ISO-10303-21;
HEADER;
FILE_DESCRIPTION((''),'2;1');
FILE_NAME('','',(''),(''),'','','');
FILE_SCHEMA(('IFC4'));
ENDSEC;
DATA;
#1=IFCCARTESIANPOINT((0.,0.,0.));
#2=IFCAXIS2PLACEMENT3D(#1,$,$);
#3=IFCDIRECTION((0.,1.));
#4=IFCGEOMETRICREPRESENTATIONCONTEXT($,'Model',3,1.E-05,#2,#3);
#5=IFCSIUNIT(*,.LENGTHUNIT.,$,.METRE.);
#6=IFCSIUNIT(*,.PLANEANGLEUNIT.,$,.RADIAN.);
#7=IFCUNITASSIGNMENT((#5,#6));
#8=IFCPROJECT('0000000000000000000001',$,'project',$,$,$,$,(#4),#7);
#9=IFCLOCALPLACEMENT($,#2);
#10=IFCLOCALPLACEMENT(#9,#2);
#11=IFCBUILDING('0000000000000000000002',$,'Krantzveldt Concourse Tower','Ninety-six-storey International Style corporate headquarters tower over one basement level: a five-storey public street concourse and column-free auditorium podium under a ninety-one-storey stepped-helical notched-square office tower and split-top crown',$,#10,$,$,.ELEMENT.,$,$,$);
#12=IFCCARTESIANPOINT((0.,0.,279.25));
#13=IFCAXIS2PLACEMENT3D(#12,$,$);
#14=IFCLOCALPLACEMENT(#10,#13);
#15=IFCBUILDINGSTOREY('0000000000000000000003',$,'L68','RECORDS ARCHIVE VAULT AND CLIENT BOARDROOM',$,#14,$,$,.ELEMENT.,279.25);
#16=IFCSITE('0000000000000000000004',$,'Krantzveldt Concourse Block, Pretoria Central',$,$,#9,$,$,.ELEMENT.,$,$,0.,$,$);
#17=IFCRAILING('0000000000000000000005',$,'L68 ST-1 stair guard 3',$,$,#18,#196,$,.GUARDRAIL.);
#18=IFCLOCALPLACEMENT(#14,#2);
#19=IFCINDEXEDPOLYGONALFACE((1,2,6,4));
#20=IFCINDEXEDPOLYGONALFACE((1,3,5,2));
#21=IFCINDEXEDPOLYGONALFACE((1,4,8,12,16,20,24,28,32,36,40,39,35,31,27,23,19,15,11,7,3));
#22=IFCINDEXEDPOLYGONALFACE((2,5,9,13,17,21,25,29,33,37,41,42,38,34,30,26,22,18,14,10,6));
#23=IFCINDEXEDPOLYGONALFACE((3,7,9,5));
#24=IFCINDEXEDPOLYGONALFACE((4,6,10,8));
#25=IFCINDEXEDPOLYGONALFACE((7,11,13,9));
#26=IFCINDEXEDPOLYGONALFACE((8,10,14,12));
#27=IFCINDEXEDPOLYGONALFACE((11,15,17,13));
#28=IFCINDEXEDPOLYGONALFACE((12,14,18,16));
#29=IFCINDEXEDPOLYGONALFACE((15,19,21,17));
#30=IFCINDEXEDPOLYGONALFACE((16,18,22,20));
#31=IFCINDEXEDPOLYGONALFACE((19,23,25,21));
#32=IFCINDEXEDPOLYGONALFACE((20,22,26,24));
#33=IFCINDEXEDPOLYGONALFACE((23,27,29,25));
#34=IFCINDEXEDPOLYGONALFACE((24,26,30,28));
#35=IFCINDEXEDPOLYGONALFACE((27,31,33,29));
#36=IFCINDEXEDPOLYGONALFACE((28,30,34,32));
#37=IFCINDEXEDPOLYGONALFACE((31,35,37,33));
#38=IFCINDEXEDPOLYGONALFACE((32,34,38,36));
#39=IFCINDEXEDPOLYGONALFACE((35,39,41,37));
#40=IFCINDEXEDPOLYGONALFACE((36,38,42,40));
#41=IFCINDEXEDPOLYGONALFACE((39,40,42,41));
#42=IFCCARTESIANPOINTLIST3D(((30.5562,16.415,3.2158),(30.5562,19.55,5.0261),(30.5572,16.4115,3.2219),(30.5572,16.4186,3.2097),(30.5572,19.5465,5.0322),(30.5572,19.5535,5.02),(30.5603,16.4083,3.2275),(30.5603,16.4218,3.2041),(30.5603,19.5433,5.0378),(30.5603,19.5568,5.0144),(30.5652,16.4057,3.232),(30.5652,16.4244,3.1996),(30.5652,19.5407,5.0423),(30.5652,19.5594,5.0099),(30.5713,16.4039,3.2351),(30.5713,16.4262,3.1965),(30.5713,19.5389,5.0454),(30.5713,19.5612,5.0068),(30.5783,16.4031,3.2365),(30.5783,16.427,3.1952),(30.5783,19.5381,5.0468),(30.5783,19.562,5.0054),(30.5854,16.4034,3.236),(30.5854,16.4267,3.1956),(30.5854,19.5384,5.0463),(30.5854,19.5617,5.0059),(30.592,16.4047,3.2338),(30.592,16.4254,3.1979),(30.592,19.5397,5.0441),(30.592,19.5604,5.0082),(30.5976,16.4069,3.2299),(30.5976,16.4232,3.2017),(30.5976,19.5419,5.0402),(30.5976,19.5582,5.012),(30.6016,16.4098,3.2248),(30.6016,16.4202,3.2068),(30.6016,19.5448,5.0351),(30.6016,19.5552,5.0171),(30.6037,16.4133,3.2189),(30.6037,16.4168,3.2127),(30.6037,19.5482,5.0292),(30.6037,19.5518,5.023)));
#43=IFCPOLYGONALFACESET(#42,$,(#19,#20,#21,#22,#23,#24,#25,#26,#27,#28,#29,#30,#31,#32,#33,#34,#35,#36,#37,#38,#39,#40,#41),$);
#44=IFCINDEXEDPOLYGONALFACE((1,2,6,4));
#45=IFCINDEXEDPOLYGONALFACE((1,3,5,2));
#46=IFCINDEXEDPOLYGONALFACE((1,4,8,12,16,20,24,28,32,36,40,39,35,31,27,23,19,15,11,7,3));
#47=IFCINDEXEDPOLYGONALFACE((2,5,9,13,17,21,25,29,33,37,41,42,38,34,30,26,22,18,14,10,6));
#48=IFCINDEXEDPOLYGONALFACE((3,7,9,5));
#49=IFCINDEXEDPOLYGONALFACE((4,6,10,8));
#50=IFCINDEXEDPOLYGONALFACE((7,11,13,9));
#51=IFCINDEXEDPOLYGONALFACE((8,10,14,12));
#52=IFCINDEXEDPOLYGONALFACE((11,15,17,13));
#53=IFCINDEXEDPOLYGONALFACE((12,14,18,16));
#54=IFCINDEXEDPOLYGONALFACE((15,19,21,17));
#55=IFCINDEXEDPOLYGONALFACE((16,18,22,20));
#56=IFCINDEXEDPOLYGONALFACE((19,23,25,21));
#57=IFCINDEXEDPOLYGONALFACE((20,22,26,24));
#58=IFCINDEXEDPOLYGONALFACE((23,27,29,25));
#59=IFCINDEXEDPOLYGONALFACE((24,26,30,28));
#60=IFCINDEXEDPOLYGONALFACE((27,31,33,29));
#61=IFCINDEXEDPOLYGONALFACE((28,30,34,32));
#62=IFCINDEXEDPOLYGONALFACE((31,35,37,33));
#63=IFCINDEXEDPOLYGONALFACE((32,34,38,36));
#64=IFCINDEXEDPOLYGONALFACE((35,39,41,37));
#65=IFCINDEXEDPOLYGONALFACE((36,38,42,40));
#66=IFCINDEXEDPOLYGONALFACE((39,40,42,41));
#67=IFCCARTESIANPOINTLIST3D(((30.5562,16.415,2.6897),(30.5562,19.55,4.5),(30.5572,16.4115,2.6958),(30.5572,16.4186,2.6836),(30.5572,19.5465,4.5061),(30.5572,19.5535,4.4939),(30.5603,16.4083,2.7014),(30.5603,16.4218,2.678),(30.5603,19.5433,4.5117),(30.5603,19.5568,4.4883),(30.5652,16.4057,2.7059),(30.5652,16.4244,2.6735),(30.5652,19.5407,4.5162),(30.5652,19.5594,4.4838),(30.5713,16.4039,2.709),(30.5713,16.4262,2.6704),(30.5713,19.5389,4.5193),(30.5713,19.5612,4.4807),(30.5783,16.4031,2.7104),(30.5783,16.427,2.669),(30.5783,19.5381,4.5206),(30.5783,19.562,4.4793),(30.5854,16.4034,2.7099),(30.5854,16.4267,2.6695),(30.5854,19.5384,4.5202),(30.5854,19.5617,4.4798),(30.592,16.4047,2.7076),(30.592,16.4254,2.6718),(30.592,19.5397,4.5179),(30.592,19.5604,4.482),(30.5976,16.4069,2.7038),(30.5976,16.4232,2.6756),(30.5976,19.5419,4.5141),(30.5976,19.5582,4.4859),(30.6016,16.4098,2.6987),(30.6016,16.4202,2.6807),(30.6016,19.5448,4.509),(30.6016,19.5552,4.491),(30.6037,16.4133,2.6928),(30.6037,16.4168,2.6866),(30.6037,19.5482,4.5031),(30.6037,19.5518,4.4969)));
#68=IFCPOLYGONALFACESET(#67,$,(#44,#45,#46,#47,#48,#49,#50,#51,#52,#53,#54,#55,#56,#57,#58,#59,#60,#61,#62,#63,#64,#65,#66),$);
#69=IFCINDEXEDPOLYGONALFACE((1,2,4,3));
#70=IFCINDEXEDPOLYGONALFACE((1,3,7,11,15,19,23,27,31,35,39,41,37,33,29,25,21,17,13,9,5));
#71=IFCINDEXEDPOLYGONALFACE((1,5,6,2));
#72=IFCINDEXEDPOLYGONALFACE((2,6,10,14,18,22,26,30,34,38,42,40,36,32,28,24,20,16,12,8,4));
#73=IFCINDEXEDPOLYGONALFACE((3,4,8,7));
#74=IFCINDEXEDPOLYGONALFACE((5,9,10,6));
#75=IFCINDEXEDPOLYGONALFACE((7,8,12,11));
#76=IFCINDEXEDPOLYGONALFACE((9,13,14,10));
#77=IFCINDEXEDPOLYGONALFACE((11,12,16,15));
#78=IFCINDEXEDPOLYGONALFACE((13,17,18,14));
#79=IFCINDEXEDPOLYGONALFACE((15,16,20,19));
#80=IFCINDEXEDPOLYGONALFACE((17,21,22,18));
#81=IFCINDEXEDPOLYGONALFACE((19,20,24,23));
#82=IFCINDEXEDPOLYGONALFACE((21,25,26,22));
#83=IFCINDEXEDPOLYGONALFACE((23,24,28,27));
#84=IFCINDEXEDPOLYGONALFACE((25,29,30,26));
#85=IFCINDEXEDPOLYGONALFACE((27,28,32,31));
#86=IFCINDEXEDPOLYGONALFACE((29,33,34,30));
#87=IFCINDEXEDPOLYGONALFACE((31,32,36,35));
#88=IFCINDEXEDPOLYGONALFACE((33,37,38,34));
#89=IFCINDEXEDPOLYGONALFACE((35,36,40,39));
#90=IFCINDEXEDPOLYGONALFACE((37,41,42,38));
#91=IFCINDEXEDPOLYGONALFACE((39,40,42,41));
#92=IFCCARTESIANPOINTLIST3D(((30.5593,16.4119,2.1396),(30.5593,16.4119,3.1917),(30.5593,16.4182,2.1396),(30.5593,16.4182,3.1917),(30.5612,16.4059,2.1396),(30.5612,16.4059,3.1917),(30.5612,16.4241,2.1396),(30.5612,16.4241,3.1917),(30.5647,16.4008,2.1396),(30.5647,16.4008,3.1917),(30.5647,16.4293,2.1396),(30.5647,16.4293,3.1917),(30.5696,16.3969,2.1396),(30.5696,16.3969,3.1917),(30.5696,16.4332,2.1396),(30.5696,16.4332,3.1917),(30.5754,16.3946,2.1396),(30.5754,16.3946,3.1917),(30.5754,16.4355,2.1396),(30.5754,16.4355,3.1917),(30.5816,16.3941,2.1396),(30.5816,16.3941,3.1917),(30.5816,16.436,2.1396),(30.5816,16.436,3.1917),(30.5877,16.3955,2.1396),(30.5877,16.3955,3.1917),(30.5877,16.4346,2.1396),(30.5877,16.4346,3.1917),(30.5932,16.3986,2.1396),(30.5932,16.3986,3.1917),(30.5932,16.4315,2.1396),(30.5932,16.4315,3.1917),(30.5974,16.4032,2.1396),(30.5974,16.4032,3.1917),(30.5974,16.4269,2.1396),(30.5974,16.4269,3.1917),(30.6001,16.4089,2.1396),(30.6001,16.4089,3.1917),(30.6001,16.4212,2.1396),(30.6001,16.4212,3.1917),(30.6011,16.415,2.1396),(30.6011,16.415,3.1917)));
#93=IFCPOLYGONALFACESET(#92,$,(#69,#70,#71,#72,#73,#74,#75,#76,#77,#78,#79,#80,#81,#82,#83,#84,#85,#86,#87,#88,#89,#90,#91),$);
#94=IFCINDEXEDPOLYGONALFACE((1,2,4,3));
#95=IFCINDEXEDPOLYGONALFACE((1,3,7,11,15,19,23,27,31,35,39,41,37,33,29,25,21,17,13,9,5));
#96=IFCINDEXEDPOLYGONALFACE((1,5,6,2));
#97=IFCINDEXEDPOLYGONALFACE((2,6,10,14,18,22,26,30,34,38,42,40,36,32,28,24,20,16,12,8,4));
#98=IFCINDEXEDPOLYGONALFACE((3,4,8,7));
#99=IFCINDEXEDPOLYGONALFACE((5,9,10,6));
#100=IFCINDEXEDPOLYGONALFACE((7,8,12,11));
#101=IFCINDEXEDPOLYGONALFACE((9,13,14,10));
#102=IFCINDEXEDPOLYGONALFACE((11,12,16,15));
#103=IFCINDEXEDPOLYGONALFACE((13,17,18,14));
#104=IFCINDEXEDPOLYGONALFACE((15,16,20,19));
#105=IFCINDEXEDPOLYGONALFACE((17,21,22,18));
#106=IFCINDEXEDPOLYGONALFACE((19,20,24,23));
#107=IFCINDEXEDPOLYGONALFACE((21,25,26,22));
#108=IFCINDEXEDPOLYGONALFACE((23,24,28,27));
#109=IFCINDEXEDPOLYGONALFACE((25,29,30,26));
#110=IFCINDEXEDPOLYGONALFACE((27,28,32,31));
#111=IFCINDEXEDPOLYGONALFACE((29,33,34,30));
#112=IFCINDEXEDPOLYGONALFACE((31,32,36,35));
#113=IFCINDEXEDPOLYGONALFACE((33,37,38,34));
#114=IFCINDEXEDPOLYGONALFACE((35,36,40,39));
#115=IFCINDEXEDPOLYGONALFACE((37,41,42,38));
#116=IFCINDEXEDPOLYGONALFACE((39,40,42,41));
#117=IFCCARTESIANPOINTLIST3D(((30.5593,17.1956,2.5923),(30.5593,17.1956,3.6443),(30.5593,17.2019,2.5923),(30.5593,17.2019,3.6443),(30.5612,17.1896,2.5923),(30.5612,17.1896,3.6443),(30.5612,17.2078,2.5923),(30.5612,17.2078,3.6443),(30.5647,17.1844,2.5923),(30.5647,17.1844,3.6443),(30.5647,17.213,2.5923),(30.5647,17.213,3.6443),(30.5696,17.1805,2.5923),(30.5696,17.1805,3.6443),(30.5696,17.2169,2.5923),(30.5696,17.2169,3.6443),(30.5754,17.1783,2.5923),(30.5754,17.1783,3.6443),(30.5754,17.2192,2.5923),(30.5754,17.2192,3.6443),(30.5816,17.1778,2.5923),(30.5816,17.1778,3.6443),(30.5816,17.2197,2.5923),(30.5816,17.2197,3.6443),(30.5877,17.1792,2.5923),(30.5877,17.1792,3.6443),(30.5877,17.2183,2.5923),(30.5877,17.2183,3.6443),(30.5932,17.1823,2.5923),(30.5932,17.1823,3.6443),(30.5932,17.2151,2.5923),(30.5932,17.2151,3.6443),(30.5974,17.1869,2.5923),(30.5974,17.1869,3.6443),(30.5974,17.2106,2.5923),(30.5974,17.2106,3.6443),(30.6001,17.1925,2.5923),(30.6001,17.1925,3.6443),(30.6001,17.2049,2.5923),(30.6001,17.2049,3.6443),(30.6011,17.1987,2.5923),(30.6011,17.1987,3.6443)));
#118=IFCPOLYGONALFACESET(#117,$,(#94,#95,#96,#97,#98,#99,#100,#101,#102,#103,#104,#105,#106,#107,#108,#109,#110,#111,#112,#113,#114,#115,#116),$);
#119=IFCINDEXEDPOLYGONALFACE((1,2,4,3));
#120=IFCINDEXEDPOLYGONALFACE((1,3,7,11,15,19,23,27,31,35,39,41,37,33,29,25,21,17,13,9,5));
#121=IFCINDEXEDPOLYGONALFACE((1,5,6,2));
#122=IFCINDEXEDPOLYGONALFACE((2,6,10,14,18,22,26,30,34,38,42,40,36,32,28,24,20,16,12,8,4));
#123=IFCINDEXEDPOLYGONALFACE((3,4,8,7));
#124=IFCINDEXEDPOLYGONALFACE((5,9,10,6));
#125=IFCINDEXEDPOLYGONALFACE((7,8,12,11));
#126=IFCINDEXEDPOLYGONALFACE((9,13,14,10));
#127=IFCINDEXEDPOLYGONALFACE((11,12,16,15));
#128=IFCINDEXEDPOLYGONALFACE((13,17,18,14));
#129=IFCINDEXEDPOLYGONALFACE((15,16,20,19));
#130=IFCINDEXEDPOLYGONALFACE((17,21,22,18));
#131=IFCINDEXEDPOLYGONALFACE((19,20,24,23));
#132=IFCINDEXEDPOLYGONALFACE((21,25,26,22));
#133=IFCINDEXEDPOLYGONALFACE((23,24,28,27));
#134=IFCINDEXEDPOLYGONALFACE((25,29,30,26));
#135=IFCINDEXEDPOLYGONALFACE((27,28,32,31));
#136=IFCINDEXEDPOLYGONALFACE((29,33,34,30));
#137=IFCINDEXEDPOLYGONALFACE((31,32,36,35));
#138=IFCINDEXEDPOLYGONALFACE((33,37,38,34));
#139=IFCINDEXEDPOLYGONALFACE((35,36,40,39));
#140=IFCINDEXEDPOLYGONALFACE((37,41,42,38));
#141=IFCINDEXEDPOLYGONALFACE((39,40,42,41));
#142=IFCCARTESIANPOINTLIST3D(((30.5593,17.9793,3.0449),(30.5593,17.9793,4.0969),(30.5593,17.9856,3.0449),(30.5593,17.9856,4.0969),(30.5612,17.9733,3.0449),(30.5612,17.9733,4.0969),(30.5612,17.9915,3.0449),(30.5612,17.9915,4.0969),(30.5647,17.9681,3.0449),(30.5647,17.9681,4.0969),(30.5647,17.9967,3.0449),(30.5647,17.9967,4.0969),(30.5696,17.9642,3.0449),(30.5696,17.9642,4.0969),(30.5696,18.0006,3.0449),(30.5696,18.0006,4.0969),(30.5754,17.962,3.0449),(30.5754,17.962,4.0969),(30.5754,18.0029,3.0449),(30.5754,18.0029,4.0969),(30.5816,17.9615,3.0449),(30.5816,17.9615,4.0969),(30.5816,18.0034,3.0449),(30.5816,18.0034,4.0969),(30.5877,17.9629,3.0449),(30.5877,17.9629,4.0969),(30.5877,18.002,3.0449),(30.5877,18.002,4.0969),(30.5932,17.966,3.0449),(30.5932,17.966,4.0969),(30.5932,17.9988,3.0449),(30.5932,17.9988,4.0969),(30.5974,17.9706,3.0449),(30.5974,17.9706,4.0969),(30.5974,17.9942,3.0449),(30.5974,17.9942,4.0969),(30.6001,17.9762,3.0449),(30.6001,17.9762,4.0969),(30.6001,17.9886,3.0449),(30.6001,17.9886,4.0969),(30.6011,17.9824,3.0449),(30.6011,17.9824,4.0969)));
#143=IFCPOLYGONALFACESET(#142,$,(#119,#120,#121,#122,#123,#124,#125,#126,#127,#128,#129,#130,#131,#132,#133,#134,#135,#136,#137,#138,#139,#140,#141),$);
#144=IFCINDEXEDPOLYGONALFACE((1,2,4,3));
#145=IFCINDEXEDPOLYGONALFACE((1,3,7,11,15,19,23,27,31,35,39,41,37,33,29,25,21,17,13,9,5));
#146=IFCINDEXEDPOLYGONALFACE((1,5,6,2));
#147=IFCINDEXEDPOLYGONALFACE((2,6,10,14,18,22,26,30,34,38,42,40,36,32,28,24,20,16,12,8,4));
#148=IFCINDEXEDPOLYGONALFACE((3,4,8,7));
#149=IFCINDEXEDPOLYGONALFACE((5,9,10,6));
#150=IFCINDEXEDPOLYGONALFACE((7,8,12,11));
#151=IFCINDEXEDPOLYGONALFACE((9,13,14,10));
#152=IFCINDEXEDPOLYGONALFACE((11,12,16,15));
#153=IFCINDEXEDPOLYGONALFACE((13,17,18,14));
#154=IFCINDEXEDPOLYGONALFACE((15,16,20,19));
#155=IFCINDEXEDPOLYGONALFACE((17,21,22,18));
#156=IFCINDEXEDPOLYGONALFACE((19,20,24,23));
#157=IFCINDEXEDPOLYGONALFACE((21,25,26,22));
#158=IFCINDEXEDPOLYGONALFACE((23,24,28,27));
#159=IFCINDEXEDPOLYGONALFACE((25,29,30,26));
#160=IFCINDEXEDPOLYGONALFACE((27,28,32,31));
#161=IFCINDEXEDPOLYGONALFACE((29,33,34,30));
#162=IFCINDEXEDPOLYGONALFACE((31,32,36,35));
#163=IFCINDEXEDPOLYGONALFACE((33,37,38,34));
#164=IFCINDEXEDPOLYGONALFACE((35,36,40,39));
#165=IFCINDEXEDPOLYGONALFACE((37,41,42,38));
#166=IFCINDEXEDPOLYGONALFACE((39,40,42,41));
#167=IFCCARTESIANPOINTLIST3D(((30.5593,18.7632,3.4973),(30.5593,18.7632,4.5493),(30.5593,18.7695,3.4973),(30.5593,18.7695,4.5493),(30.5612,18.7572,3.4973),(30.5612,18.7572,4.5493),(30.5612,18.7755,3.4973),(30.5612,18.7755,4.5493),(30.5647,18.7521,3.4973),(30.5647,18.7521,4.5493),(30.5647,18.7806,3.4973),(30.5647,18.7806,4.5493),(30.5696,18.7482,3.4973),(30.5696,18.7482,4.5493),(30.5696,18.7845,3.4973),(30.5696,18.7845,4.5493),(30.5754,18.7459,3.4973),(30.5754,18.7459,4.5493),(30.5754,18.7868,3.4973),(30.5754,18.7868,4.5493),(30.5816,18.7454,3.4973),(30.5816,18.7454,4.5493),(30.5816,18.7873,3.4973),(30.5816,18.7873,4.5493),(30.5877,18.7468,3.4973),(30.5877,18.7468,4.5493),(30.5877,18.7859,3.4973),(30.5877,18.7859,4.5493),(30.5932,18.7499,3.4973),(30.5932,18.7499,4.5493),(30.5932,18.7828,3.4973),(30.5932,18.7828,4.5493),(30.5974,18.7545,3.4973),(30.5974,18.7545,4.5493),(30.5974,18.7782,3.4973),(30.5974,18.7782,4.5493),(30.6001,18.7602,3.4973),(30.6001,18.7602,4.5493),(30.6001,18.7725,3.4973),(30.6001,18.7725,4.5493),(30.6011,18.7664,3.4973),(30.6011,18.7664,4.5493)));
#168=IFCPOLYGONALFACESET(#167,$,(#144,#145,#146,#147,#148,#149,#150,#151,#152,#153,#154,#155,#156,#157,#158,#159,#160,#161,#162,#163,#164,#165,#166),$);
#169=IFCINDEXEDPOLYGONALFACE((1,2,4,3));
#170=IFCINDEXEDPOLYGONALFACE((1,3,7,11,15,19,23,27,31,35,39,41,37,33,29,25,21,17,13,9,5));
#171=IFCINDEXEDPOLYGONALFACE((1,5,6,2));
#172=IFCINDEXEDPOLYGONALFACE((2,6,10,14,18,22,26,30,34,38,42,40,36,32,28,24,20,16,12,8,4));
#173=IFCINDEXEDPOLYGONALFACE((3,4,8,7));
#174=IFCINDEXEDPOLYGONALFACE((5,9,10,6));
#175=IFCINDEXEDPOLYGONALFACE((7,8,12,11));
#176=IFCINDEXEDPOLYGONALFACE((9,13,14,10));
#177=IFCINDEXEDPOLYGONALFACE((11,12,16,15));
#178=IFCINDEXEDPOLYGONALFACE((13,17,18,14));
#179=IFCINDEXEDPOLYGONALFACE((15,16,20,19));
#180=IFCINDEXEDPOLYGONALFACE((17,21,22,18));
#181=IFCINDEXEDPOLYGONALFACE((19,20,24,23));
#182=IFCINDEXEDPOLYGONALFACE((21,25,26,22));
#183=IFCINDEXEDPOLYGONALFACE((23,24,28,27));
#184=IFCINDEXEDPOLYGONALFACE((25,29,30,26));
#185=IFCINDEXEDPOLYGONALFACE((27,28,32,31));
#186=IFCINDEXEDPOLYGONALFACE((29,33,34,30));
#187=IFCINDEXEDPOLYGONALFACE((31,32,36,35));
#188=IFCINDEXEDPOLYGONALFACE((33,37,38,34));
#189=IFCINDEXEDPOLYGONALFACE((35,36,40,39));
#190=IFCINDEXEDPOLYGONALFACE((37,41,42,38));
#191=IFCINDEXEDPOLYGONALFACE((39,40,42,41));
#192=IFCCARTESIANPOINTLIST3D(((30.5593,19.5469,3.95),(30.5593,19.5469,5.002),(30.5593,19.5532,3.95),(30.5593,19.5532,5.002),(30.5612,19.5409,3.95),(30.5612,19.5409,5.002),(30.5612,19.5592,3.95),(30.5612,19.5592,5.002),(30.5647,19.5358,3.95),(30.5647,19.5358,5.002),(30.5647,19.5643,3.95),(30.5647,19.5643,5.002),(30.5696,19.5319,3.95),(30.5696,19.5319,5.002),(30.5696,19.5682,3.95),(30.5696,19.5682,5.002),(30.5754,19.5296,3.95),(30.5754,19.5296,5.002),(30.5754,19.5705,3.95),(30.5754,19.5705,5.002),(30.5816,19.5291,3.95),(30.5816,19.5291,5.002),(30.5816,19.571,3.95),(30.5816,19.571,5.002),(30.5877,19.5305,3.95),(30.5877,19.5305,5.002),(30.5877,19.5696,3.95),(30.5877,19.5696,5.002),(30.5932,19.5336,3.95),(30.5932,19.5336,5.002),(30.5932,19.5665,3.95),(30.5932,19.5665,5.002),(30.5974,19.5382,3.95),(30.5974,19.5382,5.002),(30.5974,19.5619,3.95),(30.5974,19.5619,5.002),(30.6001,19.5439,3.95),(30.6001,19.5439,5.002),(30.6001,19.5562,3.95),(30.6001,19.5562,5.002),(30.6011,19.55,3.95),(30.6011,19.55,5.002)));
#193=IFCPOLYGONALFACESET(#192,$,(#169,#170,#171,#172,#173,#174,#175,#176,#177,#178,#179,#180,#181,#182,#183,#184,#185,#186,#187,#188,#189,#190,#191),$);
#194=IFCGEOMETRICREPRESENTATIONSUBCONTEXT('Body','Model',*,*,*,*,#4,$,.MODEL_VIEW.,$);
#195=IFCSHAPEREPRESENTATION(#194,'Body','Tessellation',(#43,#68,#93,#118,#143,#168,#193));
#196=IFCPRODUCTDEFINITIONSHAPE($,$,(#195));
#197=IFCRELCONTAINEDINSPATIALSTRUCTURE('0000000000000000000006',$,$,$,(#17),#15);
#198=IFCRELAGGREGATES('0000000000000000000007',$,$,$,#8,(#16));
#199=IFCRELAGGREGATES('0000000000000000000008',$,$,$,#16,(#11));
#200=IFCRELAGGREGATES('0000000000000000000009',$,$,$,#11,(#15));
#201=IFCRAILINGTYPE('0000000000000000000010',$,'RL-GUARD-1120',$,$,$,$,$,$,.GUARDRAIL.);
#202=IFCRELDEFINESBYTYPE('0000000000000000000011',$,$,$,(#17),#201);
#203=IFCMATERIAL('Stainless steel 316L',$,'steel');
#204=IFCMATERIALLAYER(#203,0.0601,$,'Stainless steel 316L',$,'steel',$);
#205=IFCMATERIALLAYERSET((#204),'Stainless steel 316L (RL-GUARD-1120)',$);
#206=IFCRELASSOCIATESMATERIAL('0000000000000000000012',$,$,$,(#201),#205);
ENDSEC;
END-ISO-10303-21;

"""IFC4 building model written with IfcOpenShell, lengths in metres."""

from ifc_helpers import new_model, si_unit, direction, frame, origin, origin_2d, place, context, subcontext, project, spatial, circle, extrude, material, layer, layer_set, type_object, element, save


model = new_model("IFC4")

# Units and contexts
model_context = context("Model", 3, precision=1e-05, world=origin(), true_north=direction((0.0, 1.0)))
body_context = subcontext(model_context, "Body", "Model", "MODEL_VIEW")
ifc_project = project(units=[si_unit("LENGTHUNIT", "METRE"), si_unit("PLANEANGLEUNIT", "RADIAN")], contexts=[model_context])

# Site, building, storey
site_placement = place(None, origin())
site = spatial("IfcSite", under=ifc_project, at=site_placement, Name="Krantzveldt Concourse Block, Pretoria Central", CompositionType="ELEMENT", RefElevation=0.0)
building_placement = place(site_placement, origin())
building = spatial("IfcBuilding", under=site, at=building_placement, Name="Krantzveldt Concourse Tower", Description="Ninety-six-storey International Style corporate headquarters tower over one basement level: a five-storey public street concourse and column-free auditorium podium under a ninety-one-storey stepped-helical notched-square office tower and split-top crown", CompositionType="ELEMENT")
storey_placement = place(building_placement, frame((0.0, 0.0, 279.25)))
storey = spatial("IfcBuildingStorey", under=building, at=storey_placement, Name="L68", Description="RECORDS ARCHIVE VAULT AND CLIENT BOARDROOM", CompositionType="ELEMENT", Elevation=279.25)

# Railing
ifc_material_1 = material(Name="Stainless steel 316L", Category="steel")
ifc_layer_1 = layer(ifc_material_1, 0.0601, Name="Stainless steel 316L", Category="steel")
ifc_layer_set_1 = layer_set([ifc_layer_1], Name="Stainless steel 316L (RL-GUARD-1120)")
railing_type_1 = type_object("IfcRailingType", Name="RL-GUARD-1120", PredefinedType="GUARDRAIL", material=ifc_layer_set_1)
railing_1_placement = place(storey_placement, frame((30.5801, 16.415, 2.1396)))
element("IfcRailing", 1, at=railing_1_placement, inside=storey, type_object=railing_type_1, Name="L68 ST-1 stair guard 3", PredefinedType="GUARDRAIL", context=body_context, shape_type="SweptSolid", body=[
    extrude(circle(Radius=0.0239, at=origin_2d()), frame((0.0, 0.0, 1.0762), z_axis=(0.0, 0.865989, 0.500063), x_axis=(-1.0, 0.0, 0.0)), (0.0, 0.0, 1.0), 3.6201),
    extrude(circle(Radius=0.0239, at=origin_2d()), frame((0.0, 0.0, 0.55), z_axis=(0.0, 0.865989, 0.500063), x_axis=(-1.0, 0.0, 0.0)), (0.0, 0.0, 1.0), 3.6201),
    extrude(circle(Radius=0.021, at=origin_2d()), origin(), (0.0, 0.0, 1.0), 1.052),
    extrude(circle(Radius=0.021, at=origin_2d()), frame((0.0, 0.7837, 0.4526)), (0.0, 0.0, 1.0), 1.052),
    extrude(circle(Radius=0.021, at=origin_2d()), frame((0.0, 1.5674, 0.9053)), (0.0, 0.0, 1.0), 1.052),
    extrude(circle(Radius=0.021, at=origin_2d()), frame((0.0, 2.3513, 1.3577)), (0.0, 0.0, 1.0), 1.052),
    extrude(circle(Radius=0.021, at=origin_2d()), frame((0.0, 3.135, 1.8103)), (0.0, 0.0, 1.0), 1.052),
])

save(model, "model.ifc")
